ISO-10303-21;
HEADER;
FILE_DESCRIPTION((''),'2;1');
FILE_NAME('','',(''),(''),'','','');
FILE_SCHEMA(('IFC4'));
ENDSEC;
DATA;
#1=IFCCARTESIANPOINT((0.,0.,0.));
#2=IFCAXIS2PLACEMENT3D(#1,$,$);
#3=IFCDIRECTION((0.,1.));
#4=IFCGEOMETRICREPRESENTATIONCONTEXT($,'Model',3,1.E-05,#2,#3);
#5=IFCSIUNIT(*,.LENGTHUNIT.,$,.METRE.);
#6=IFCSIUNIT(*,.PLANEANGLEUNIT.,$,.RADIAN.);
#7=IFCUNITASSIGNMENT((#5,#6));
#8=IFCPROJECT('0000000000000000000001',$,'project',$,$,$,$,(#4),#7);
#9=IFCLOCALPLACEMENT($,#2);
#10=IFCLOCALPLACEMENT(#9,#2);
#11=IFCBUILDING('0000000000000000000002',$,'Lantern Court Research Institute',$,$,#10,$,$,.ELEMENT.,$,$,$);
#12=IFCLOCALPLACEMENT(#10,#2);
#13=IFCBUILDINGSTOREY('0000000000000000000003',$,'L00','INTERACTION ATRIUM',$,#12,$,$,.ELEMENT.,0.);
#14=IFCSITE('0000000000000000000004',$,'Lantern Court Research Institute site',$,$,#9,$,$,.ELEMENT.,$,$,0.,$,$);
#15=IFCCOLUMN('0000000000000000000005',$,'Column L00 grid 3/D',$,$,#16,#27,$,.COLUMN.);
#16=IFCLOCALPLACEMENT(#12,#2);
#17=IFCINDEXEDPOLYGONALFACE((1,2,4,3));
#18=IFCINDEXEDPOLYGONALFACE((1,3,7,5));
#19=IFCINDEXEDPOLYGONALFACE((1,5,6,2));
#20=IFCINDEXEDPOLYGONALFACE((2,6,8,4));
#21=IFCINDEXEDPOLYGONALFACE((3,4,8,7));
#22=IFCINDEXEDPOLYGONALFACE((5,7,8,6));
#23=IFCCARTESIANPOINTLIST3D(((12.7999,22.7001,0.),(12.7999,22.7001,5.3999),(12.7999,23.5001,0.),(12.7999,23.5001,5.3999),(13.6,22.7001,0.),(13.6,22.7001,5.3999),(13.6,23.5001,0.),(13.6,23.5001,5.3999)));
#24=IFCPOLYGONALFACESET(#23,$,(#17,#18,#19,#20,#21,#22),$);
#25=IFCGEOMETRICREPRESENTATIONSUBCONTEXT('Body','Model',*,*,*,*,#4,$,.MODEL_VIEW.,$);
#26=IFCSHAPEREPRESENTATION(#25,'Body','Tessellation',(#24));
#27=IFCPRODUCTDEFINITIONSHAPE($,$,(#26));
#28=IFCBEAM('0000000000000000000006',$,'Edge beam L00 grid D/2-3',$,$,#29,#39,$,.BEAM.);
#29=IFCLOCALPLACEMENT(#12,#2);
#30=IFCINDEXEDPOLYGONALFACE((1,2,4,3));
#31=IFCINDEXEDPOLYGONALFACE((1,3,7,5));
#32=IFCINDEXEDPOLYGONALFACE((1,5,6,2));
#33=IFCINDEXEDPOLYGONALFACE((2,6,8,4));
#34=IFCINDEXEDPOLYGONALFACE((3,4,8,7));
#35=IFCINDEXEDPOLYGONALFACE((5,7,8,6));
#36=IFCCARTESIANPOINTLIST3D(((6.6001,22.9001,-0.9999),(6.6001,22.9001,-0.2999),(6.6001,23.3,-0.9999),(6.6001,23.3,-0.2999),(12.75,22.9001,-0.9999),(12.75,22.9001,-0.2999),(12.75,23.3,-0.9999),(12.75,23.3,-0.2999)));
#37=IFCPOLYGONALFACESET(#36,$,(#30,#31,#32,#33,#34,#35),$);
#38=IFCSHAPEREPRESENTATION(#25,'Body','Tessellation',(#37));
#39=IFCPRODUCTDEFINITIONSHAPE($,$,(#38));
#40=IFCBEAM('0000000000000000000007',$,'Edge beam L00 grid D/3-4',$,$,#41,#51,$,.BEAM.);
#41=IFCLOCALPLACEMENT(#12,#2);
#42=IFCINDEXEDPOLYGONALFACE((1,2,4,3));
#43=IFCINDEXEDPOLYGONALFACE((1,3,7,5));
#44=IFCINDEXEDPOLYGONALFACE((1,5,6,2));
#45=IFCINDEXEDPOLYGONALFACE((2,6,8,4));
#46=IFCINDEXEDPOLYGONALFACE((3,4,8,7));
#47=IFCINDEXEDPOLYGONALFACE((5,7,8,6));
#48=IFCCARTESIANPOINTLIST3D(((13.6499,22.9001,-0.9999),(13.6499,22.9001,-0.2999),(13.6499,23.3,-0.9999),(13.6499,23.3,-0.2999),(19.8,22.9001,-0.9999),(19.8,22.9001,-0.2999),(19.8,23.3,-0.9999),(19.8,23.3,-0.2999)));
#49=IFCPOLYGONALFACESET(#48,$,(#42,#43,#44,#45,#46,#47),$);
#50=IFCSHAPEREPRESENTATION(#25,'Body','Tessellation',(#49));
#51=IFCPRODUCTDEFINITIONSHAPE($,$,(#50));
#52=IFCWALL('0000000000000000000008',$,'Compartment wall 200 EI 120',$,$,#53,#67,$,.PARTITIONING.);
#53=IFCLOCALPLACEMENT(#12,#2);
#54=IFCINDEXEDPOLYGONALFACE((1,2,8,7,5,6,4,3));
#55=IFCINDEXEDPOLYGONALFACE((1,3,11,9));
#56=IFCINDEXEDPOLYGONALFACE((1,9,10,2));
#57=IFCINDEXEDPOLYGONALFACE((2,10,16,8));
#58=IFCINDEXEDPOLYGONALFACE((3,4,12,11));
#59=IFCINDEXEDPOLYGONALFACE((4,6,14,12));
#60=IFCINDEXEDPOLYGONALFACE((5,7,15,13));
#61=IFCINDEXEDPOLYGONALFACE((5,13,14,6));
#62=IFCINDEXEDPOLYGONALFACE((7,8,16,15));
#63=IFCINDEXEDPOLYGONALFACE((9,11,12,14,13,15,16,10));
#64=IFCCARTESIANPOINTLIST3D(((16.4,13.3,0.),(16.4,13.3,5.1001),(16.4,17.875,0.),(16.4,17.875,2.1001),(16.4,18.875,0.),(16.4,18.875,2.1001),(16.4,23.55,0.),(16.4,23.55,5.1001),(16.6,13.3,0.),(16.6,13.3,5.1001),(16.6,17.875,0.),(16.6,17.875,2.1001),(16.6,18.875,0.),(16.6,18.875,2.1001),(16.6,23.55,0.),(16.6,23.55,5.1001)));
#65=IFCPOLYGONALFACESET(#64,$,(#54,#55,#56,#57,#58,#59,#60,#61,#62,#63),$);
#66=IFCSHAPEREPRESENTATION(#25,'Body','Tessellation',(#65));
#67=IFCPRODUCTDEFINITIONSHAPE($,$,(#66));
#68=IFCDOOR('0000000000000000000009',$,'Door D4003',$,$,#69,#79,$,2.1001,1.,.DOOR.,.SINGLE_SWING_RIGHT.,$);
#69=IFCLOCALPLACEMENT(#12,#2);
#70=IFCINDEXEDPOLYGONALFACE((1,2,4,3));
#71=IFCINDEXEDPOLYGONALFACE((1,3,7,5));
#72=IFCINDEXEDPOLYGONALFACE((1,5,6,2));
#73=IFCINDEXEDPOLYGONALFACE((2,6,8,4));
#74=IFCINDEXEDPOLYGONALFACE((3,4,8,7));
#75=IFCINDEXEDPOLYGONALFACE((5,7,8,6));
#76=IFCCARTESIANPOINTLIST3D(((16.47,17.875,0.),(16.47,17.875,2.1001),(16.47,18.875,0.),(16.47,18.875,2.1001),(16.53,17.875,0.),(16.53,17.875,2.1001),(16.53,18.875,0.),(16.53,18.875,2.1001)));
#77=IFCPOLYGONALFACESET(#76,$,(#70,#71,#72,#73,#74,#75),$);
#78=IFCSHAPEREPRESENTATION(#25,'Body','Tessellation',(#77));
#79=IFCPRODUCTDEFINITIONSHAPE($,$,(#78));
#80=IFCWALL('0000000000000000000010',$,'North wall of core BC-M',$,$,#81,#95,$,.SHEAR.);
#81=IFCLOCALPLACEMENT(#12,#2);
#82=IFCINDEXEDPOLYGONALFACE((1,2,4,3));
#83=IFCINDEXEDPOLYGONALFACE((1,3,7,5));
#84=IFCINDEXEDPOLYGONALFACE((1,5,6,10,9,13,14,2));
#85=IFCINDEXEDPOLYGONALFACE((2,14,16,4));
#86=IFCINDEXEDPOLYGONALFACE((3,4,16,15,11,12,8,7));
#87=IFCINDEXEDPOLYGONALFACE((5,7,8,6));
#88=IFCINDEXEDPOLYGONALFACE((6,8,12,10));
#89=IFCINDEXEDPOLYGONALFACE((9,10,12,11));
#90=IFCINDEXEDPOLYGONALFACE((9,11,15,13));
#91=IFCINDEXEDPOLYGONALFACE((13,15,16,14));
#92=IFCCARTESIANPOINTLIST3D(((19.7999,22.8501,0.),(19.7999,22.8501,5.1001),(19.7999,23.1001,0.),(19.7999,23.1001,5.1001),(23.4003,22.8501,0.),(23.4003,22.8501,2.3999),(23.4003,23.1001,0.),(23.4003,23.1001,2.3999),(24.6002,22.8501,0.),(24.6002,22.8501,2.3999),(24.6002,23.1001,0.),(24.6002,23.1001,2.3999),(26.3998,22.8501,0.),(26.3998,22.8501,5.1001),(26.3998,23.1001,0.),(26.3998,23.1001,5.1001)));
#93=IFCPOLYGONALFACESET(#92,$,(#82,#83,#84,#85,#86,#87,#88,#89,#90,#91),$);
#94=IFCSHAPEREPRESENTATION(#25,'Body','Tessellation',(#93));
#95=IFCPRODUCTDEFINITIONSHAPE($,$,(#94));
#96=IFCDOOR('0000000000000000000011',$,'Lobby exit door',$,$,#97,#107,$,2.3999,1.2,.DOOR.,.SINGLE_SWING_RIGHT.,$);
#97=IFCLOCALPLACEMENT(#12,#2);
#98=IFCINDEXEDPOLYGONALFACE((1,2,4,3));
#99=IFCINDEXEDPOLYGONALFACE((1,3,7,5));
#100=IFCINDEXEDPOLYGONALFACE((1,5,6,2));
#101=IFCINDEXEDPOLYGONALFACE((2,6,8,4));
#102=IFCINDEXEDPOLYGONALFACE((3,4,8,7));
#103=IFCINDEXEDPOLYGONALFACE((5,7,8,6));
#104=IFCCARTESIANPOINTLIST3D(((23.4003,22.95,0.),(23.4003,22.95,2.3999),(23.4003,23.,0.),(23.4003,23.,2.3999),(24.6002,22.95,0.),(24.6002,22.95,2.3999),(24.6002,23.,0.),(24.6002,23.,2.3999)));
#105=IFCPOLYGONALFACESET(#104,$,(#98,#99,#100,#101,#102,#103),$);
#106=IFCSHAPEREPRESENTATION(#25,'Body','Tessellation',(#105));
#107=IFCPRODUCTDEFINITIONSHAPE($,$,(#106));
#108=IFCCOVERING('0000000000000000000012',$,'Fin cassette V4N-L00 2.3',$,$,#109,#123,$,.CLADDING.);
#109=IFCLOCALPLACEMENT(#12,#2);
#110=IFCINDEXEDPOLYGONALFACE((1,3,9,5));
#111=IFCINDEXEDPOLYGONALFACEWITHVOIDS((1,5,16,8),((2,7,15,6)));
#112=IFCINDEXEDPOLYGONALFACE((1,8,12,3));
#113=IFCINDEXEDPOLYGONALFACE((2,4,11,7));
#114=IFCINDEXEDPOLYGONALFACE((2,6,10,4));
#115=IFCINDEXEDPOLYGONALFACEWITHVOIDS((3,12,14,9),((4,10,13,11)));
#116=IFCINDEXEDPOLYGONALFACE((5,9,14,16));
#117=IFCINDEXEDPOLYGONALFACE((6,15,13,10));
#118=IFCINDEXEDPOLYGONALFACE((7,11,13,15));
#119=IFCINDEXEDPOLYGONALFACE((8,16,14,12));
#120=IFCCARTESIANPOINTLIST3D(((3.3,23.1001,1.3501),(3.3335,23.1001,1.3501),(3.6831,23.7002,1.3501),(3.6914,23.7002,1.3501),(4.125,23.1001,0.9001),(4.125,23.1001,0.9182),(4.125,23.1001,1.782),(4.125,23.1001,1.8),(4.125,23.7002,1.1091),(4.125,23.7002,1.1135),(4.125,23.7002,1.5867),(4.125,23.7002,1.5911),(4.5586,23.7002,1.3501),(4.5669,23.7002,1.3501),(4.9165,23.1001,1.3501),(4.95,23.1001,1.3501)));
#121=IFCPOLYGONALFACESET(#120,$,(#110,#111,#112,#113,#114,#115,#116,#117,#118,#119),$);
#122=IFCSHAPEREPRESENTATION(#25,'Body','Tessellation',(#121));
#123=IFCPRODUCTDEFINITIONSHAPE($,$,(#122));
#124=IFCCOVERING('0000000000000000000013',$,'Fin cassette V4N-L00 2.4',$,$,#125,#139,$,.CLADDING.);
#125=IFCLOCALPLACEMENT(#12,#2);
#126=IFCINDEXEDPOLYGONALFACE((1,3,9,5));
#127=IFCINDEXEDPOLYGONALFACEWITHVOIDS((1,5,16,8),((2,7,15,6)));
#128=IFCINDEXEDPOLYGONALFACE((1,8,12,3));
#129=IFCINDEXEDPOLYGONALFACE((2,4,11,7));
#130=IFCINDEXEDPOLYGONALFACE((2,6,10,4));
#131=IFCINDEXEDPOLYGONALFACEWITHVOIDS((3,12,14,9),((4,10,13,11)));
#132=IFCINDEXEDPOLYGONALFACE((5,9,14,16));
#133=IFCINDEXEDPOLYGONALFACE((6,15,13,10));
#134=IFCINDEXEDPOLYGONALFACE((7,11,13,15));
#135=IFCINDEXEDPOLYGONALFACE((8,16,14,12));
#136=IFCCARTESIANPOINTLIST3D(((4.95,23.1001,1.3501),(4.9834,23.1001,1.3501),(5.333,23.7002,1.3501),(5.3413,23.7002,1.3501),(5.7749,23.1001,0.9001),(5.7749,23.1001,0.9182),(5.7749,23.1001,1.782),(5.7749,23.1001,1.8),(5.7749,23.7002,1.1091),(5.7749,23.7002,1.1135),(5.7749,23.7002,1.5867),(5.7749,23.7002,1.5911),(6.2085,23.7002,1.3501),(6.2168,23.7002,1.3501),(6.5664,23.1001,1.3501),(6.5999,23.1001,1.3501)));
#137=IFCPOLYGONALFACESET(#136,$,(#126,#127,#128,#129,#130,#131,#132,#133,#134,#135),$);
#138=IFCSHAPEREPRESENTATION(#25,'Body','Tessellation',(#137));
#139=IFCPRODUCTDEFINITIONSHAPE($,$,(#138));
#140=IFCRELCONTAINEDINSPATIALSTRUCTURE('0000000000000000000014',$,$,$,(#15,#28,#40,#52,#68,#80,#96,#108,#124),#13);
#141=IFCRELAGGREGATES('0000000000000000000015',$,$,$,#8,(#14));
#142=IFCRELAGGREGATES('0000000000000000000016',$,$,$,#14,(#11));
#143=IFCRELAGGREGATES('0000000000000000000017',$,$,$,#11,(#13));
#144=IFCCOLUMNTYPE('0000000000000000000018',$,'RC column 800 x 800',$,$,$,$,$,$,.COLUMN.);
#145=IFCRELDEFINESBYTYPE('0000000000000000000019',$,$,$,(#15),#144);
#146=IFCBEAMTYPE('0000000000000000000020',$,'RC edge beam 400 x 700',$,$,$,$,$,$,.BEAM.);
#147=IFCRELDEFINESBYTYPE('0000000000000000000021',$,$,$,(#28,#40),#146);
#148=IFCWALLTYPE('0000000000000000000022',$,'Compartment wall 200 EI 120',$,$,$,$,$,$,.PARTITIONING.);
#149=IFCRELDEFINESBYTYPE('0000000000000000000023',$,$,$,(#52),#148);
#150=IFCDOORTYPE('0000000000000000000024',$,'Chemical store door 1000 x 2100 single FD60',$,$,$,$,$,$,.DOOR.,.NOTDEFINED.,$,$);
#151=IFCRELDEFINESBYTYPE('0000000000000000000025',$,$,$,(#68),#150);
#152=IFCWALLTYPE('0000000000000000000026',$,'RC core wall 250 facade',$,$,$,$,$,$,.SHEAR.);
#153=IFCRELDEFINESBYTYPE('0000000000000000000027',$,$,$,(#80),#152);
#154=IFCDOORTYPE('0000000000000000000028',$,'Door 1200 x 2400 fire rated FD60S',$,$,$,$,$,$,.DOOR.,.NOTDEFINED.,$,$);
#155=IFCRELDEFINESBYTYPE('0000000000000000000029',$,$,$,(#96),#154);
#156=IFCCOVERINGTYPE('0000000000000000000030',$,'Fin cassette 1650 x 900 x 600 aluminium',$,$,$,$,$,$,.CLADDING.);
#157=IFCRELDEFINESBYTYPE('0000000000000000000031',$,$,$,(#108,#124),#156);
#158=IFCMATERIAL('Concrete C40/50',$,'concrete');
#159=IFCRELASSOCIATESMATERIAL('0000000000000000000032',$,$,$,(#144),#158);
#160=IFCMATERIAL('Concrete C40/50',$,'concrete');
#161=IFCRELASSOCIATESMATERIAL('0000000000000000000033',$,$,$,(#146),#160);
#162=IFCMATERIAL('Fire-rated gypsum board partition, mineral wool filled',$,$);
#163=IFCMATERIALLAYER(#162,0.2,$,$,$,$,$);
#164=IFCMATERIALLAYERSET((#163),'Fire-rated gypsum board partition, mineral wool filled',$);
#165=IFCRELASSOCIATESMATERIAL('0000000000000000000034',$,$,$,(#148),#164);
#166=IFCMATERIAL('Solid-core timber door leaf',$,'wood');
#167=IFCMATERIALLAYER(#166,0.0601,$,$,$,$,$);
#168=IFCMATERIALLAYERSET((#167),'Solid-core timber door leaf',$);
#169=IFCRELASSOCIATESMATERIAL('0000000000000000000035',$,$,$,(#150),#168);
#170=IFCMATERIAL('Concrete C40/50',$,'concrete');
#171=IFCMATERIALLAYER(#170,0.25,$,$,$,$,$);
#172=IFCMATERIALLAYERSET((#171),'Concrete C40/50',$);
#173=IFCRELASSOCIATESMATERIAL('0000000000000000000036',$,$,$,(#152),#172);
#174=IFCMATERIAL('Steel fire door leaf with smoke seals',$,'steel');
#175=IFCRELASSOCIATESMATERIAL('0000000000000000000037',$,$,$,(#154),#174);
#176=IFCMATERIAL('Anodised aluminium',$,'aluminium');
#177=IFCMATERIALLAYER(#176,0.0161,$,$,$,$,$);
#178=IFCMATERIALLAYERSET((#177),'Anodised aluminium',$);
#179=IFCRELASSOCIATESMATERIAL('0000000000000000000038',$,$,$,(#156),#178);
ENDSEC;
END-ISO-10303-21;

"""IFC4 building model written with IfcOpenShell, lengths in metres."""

from ifc_helpers import new_model, entity, si_unit, direction, frame, frame_2d, origin, origin_2d, place, context, subcontext, project, spatial, rectangle, extrude, material, layer, layer_set, material_profile, profile_set, type_object, element, fill, save


model = new_model("IFC4")

# Units and contexts
model_context = context("Model", 3, precision=1e-05, world=origin(), true_north=direction((0.0, 1.0)))
body_context = subcontext(model_context, "Body", "Model", "MODEL_VIEW")
ifc_project = project(units=[si_unit("LENGTHUNIT", "METRE"), si_unit("PLANEANGLEUNIT", "RADIAN")], contexts=[model_context])

# Site, building, storey
site_placement = place(None, origin())
site = spatial("IfcSite", under=ifc_project, at=site_placement, Name="Lantern Court Research Institute site", CompositionType="ELEMENT", RefElevation=0.0)
building_placement = place(site_placement, origin())
building = spatial("IfcBuilding", under=site, at=building_placement, Name="Lantern Court Research Institute", CompositionType="ELEMENT")
storey_placement = place(building_placement, origin())
storey = spatial("IfcBuildingStorey", under=building, at=storey_placement, Name="L00", Description="INTERACTION ATRIUM", CompositionType="ELEMENT", Elevation=0.0)

# Column
ifc_material_1 = material(Name="Concrete C40/50", Category="concrete")
ifc_material_profile_1 = material_profile(ifc_material_1, rectangle(XDim=0.8, YDim=0.8, at=origin_2d()), Name="RC column 800 x 800")
ifc_profile_set_1 = profile_set([ifc_material_profile_1], Name="Concrete C40/50")
column_type = type_object("IfcColumnType", Name="RC column 800 x 800", PredefinedType="COLUMN", material=ifc_profile_set_1)
column_placement = place(storey_placement, frame((13.2, 23.1001, 0.0), z_axis=(0.0, 0.0, 1.0), x_axis=(1.0, 0.0, 0.0)))
element("IfcColumn", 1, at=column_placement, inside=storey, type_object=column_type, Name="Column L00 grid 3/D", PredefinedType="COLUMN", context=body_context, shape_type="SweptSolid", body=[
    extrude(rectangle(XDim=0.8, YDim=0.8, at=origin_2d()), origin(), (0.0, 0.0, 1.0), 5.3999),
])

# Beams
ifc_material_2 = material(Name="Concrete C40/50", Category="concrete")
ifc_material_profile_2 = material_profile(ifc_material_2, rectangle(XDim=0.3999, YDim=0.7, at=origin_2d()), Name="RC beam 400 x 700")
ifc_profile_set_2 = profile_set([ifc_material_profile_2], Name="Concrete C40/50")
beam_type = type_object("IfcBeamType", Name="RC edge beam 400 x 700", PredefinedType="BEAM", material=ifc_profile_set_2)
beam_1_placement = place(storey_placement, frame((6.6001, 23.1001, -0.6499), z_axis=(1.0, 0.0, 0.0), x_axis=(0.0, 1.0, 0.0)))
element("IfcBeam", 2, at=beam_1_placement, inside=storey, type_object=beam_type, Name="Edge beam L00 grid D/2-3", PredefinedType="BEAM", context=body_context, shape_type="SweptSolid", body=[
    extrude(rectangle(XDim=0.3999, YDim=0.7, at=origin_2d()), origin(), (0.0, 0.0, 1.0), 6.1499),
])
beam_2_placement = place(storey_placement, frame((13.6499, 23.1001, -0.6499), z_axis=(1.0, 0.0, 0.0), x_axis=(0.0, 1.0, 0.0)))
element("IfcBeam", 3, at=beam_2_placement, inside=storey, type_object=beam_type, Name="Edge beam L00 grid D/3-4", PredefinedType="BEAM", context=body_context, shape_type="SweptSolid", body=[
    extrude(rectangle(XDim=0.3999, YDim=0.7, at=origin_2d()), origin(), (0.0, 0.0, 1.0), 6.1501),
])

# Wall, opening, door
ifc_material_3 = material(Name="Fire-rated gypsum board partition, mineral wool filled")
ifc_layer_1 = layer(ifc_material_3, 0.2)
ifc_layer_set_1 = layer_set([ifc_layer_1], Name="Fire-rated gypsum board partition, mineral wool filled")
wall_type_1 = type_object("IfcWallType", Name="Compartment wall 200 EI 120", PredefinedType="PARTITIONING", material=ifc_layer_set_1)
wall_1_placement = place(storey_placement, frame((16.5, 23.55, 0.0), z_axis=(0.0, 0.0, 1.0), x_axis=(0.0, -1.0, 0.0)))
wall_1 = element("IfcWall", 4, at=wall_1_placement, inside=storey, type_object=wall_type_1, Name="Compartment wall 200 EI 120", PredefinedType="PARTITIONING", context=body_context, shape_type="SweptSolid", body=[
    extrude(rectangle(XDim=10.25, YDim=0.2, at=frame_2d((5.125, 0.0))), origin(), (0.0, 0.0, 1.0), 5.1001),
])
opening_1_placement = place(wall_1_placement, frame((4.675, 0.0, 0.0)))
opening_1 = element("IfcOpeningElement", 5, at=opening_1_placement, cuts=wall_1, PredefinedType="OPENING", context=body_context, shape_type="SweptSolid", body=[
    extrude(rectangle(XDim=1.0, YDim=2.1001, at=frame_2d((0.5, 1.05))), frame((0.0, 0.1099, 0.0), z_axis=(0.0, -1.0, 0.0), x_axis=(1.0, 0.0, 0.0)), (0.0, 0.0, 1.0), 0.22),
])
ifc_material_4 = material(Name="Solid-core timber door leaf", Category="wood")
ifc_layer_2 = layer(ifc_material_4, 0.0601)
ifc_layer_set_2 = layer_set([ifc_layer_2], Name="Solid-core timber door leaf")
door_type_1 = type_object("IfcDoorType", Name="Chemical store door 1000 x 2100 single FD60", OperationType="NOTDEFINED", PredefinedType="DOOR", material=ifc_layer_set_2)
door_1_placement = place(opening_1_placement, origin())
door_1 = element("IfcDoor", 6, at=door_1_placement, inside=storey, type_object=door_type_1, Name="Door D4003", OperationType="SINGLE_SWING_RIGHT", OverallHeight=2.1001, OverallWidth=1.0, PredefinedType="DOOR", context=body_context, shape_type="SweptSolid", body=[
    extrude(rectangle(XDim=1.0, YDim=2.1001, at=frame_2d((0.5, 1.05))), frame((0.0, 0.03, 0.0), z_axis=(0.0, -1.0, 0.0), x_axis=(1.0, 0.0, 0.0)), (0.0, 0.0, 1.0), 0.0601),
])
fill(opening_1, door_1)

# Wall, opening, door
ifc_material_5 = material(Name="Concrete C40/50", Category="concrete")
ifc_layer_3 = layer(ifc_material_5, 0.25)
ifc_layer_set_3 = layer_set([ifc_layer_3], Name="Concrete C40/50")
wall_type_2 = type_object("IfcWallType", Name="RC core wall 250 facade", PredefinedType="SHEAR", material=ifc_layer_set_3)
wall_2_placement = place(storey_placement, frame((19.8, 22.9751, 0.0), z_axis=(0.0, 0.0, 1.0), x_axis=(1.0, 0.0, 0.0)))
wall_2 = element("IfcWall", 7, at=wall_2_placement, inside=storey, type_object=wall_type_2, Name="North wall of core BC-M", PredefinedType="SHEAR", context=body_context, shape_type="SweptSolid", body=[
    extrude(rectangle(XDim=6.5999, YDim=0.25, at=frame_2d((3.2998, 0.0))), origin(), (0.0, 0.0, 1.0), 5.1001),
])
opening_2_placement = place(wall_2_placement, frame((3.6001, 0.0, 0.0)))
opening_2 = element("IfcOpeningElement", 8, at=opening_2_placement, cuts=wall_2, PredefinedType="OPENING", context=body_context, shape_type="SweptSolid", body=[
    extrude(rectangle(XDim=1.2, YDim=2.3999, at=frame_2d((0.6001, 1.2))), frame((0.0, 0.135, 0.0), z_axis=(0.0, -1.0, 0.0), x_axis=(1.0, 0.0, 0.0)), (0.0, 0.0, 1.0), 0.27),
])
ifc_material_6 = material(Name="Steel fire door leaf with smoke seals", Category="steel")
door_type_2 = type_object("IfcDoorType", Name="Door 1200 x 2400 fire rated FD60S", OperationType="NOTDEFINED", PredefinedType="DOOR", material=ifc_material_6)
door_2_placement = place(opening_2_placement, origin())
door_2 = element("IfcDoor", 9, at=door_2_placement, inside=storey, type_object=door_type_2, Name="Lobby exit door", OperationType="SINGLE_SWING_RIGHT", OverallHeight=2.3999, OverallWidth=1.2, PredefinedType="DOOR", context=body_context, shape_type="SweptSolid", body=[
    extrude(rectangle(XDim=1.2, YDim=2.3999, at=frame_2d((0.6001, 1.2))), frame((0.0, 0.0249, 0.0), z_axis=(0.0, -1.0, 0.0), x_axis=(1.0, 0.0, 0.0)), (0.0, 0.0, 1.0), 0.05),
])
fill(opening_2, door_2)

# Coverings
ifc_material_7 = material(Name="Anodised aluminium", Category="aluminium")
ifc_layer_4 = layer(ifc_material_7, 0.0161)
ifc_layer_set_4 = layer_set([ifc_layer_4], Name="Anodised aluminium")
covering_type = type_object("IfcCoveringType", Name="Fin cassette 1650 x 900 x 600 aluminium", PredefinedType="CLADDING", material=ifc_layer_set_4)
covering_1_placement = place(storey_placement, frame((4.125, 23.1001, 1.3501), z_axis=(0.0, 1.0, 0.0), x_axis=(-1.0, 0.0, 0.0)))
cartesian_point_1 = entity("IfcCartesianPoint", [0.825, 0.0])
cartesian_point_2 = entity("IfcCartesianPoint", [0.7915, 0.0])
cartesian_point_3 = entity("IfcCartesianPoint", [0.4419, 0.0])
cartesian_point_4 = entity("IfcCartesianPoint", [0.4336, 0.0])
element("IfcCovering", 10, at=covering_1_placement, inside=storey, type_object=covering_type, Name="Fin cassette V4N-L00 2.3", PredefinedType="CLADDING", context=body_context, shape_type="SweptSolid", body=[
    entity("IfcExtrudedAreaSolidTapered", entity("IfcArbitraryProfileDefWithVoids", "AREA", None, entity("IfcPolyline", [cartesian_point_1, entity("IfcCartesianPoint", [0.0, 0.45]), entity("IfcCartesianPoint", [-0.825, 0.0]), entity("IfcCartesianPoint", [0.0, -0.45]), cartesian_point_1]), [entity("IfcPolyline", [cartesian_point_2, entity("IfcCartesianPoint", [0.0, 0.4319]), entity("IfcCartesianPoint", [-0.7915, 0.0]), entity("IfcCartesianPoint", [0.0, -0.4319]), cartesian_point_2])]), entity("IfcAxis2Placement3D", entity("IfcCartesianPoint", [0.0, 0.0, 0.0])), entity("IfcDirection", [0.0, 0.0, 1.0]), 0.6001, entity("IfcArbitraryProfileDefWithVoids", "AREA", None, entity("IfcPolyline", [cartesian_point_3, entity("IfcCartesianPoint", [0.0, 0.241]), entity("IfcCartesianPoint", [-0.4419, 0.0]), entity("IfcCartesianPoint", [0.0, -0.241]), cartesian_point_3]), [entity("IfcPolyline", [cartesian_point_4, entity("IfcCartesianPoint", [0.0, 0.2366]), entity("IfcCartesianPoint", [-0.4336, 0.0]), entity("IfcCartesianPoint", [0.0, -0.2366]), cartesian_point_4])])),
])
covering_2_placement = place(storey_placement, frame((5.7749, 23.1001, 1.3501), z_axis=(0.0, 1.0, 0.0), x_axis=(-1.0, 0.0, 0.0)))
cartesian_point_5 = entity("IfcCartesianPoint", [0.825, 0.0])
cartesian_point_6 = entity("IfcCartesianPoint", [0.7915, 0.0])
cartesian_point_7 = entity("IfcCartesianPoint", [0.4419, 0.0])
cartesian_point_8 = entity("IfcCartesianPoint", [0.4336, 0.0])
element("IfcCovering", 11, at=covering_2_placement, inside=storey, type_object=covering_type, Name="Fin cassette V4N-L00 2.4", PredefinedType="CLADDING", context=body_context, shape_type="SweptSolid", body=[
    entity("IfcExtrudedAreaSolidTapered", entity("IfcArbitraryProfileDefWithVoids", "AREA", None, entity("IfcPolyline", [cartesian_point_5, entity("IfcCartesianPoint", [0.0, 0.45]), entity("IfcCartesianPoint", [-0.825, 0.0]), entity("IfcCartesianPoint", [0.0, -0.45]), cartesian_point_5]), [entity("IfcPolyline", [cartesian_point_6, entity("IfcCartesianPoint", [0.0, 0.4319]), entity("IfcCartesianPoint", [-0.7915, 0.0]), entity("IfcCartesianPoint", [0.0, -0.4319]), cartesian_point_6])]), entity("IfcAxis2Placement3D", entity("IfcCartesianPoint", [0.0, 0.0, 0.0])), entity("IfcDirection", [0.0, 0.0, 1.0]), 0.6001, entity("IfcArbitraryProfileDefWithVoids", "AREA", None, entity("IfcPolyline", [cartesian_point_7, entity("IfcCartesianPoint", [0.0, 0.241]), entity("IfcCartesianPoint", [-0.4419, 0.0]), entity("IfcCartesianPoint", [0.0, -0.241]), cartesian_point_7]), [entity("IfcPolyline", [cartesian_point_8, entity("IfcCartesianPoint", [0.0, 0.2366]), entity("IfcCartesianPoint", [-0.4336, 0.0]), entity("IfcCartesianPoint", [0.0, -0.2366]), cartesian_point_8])])),
])

save(model, "model.ifc")
